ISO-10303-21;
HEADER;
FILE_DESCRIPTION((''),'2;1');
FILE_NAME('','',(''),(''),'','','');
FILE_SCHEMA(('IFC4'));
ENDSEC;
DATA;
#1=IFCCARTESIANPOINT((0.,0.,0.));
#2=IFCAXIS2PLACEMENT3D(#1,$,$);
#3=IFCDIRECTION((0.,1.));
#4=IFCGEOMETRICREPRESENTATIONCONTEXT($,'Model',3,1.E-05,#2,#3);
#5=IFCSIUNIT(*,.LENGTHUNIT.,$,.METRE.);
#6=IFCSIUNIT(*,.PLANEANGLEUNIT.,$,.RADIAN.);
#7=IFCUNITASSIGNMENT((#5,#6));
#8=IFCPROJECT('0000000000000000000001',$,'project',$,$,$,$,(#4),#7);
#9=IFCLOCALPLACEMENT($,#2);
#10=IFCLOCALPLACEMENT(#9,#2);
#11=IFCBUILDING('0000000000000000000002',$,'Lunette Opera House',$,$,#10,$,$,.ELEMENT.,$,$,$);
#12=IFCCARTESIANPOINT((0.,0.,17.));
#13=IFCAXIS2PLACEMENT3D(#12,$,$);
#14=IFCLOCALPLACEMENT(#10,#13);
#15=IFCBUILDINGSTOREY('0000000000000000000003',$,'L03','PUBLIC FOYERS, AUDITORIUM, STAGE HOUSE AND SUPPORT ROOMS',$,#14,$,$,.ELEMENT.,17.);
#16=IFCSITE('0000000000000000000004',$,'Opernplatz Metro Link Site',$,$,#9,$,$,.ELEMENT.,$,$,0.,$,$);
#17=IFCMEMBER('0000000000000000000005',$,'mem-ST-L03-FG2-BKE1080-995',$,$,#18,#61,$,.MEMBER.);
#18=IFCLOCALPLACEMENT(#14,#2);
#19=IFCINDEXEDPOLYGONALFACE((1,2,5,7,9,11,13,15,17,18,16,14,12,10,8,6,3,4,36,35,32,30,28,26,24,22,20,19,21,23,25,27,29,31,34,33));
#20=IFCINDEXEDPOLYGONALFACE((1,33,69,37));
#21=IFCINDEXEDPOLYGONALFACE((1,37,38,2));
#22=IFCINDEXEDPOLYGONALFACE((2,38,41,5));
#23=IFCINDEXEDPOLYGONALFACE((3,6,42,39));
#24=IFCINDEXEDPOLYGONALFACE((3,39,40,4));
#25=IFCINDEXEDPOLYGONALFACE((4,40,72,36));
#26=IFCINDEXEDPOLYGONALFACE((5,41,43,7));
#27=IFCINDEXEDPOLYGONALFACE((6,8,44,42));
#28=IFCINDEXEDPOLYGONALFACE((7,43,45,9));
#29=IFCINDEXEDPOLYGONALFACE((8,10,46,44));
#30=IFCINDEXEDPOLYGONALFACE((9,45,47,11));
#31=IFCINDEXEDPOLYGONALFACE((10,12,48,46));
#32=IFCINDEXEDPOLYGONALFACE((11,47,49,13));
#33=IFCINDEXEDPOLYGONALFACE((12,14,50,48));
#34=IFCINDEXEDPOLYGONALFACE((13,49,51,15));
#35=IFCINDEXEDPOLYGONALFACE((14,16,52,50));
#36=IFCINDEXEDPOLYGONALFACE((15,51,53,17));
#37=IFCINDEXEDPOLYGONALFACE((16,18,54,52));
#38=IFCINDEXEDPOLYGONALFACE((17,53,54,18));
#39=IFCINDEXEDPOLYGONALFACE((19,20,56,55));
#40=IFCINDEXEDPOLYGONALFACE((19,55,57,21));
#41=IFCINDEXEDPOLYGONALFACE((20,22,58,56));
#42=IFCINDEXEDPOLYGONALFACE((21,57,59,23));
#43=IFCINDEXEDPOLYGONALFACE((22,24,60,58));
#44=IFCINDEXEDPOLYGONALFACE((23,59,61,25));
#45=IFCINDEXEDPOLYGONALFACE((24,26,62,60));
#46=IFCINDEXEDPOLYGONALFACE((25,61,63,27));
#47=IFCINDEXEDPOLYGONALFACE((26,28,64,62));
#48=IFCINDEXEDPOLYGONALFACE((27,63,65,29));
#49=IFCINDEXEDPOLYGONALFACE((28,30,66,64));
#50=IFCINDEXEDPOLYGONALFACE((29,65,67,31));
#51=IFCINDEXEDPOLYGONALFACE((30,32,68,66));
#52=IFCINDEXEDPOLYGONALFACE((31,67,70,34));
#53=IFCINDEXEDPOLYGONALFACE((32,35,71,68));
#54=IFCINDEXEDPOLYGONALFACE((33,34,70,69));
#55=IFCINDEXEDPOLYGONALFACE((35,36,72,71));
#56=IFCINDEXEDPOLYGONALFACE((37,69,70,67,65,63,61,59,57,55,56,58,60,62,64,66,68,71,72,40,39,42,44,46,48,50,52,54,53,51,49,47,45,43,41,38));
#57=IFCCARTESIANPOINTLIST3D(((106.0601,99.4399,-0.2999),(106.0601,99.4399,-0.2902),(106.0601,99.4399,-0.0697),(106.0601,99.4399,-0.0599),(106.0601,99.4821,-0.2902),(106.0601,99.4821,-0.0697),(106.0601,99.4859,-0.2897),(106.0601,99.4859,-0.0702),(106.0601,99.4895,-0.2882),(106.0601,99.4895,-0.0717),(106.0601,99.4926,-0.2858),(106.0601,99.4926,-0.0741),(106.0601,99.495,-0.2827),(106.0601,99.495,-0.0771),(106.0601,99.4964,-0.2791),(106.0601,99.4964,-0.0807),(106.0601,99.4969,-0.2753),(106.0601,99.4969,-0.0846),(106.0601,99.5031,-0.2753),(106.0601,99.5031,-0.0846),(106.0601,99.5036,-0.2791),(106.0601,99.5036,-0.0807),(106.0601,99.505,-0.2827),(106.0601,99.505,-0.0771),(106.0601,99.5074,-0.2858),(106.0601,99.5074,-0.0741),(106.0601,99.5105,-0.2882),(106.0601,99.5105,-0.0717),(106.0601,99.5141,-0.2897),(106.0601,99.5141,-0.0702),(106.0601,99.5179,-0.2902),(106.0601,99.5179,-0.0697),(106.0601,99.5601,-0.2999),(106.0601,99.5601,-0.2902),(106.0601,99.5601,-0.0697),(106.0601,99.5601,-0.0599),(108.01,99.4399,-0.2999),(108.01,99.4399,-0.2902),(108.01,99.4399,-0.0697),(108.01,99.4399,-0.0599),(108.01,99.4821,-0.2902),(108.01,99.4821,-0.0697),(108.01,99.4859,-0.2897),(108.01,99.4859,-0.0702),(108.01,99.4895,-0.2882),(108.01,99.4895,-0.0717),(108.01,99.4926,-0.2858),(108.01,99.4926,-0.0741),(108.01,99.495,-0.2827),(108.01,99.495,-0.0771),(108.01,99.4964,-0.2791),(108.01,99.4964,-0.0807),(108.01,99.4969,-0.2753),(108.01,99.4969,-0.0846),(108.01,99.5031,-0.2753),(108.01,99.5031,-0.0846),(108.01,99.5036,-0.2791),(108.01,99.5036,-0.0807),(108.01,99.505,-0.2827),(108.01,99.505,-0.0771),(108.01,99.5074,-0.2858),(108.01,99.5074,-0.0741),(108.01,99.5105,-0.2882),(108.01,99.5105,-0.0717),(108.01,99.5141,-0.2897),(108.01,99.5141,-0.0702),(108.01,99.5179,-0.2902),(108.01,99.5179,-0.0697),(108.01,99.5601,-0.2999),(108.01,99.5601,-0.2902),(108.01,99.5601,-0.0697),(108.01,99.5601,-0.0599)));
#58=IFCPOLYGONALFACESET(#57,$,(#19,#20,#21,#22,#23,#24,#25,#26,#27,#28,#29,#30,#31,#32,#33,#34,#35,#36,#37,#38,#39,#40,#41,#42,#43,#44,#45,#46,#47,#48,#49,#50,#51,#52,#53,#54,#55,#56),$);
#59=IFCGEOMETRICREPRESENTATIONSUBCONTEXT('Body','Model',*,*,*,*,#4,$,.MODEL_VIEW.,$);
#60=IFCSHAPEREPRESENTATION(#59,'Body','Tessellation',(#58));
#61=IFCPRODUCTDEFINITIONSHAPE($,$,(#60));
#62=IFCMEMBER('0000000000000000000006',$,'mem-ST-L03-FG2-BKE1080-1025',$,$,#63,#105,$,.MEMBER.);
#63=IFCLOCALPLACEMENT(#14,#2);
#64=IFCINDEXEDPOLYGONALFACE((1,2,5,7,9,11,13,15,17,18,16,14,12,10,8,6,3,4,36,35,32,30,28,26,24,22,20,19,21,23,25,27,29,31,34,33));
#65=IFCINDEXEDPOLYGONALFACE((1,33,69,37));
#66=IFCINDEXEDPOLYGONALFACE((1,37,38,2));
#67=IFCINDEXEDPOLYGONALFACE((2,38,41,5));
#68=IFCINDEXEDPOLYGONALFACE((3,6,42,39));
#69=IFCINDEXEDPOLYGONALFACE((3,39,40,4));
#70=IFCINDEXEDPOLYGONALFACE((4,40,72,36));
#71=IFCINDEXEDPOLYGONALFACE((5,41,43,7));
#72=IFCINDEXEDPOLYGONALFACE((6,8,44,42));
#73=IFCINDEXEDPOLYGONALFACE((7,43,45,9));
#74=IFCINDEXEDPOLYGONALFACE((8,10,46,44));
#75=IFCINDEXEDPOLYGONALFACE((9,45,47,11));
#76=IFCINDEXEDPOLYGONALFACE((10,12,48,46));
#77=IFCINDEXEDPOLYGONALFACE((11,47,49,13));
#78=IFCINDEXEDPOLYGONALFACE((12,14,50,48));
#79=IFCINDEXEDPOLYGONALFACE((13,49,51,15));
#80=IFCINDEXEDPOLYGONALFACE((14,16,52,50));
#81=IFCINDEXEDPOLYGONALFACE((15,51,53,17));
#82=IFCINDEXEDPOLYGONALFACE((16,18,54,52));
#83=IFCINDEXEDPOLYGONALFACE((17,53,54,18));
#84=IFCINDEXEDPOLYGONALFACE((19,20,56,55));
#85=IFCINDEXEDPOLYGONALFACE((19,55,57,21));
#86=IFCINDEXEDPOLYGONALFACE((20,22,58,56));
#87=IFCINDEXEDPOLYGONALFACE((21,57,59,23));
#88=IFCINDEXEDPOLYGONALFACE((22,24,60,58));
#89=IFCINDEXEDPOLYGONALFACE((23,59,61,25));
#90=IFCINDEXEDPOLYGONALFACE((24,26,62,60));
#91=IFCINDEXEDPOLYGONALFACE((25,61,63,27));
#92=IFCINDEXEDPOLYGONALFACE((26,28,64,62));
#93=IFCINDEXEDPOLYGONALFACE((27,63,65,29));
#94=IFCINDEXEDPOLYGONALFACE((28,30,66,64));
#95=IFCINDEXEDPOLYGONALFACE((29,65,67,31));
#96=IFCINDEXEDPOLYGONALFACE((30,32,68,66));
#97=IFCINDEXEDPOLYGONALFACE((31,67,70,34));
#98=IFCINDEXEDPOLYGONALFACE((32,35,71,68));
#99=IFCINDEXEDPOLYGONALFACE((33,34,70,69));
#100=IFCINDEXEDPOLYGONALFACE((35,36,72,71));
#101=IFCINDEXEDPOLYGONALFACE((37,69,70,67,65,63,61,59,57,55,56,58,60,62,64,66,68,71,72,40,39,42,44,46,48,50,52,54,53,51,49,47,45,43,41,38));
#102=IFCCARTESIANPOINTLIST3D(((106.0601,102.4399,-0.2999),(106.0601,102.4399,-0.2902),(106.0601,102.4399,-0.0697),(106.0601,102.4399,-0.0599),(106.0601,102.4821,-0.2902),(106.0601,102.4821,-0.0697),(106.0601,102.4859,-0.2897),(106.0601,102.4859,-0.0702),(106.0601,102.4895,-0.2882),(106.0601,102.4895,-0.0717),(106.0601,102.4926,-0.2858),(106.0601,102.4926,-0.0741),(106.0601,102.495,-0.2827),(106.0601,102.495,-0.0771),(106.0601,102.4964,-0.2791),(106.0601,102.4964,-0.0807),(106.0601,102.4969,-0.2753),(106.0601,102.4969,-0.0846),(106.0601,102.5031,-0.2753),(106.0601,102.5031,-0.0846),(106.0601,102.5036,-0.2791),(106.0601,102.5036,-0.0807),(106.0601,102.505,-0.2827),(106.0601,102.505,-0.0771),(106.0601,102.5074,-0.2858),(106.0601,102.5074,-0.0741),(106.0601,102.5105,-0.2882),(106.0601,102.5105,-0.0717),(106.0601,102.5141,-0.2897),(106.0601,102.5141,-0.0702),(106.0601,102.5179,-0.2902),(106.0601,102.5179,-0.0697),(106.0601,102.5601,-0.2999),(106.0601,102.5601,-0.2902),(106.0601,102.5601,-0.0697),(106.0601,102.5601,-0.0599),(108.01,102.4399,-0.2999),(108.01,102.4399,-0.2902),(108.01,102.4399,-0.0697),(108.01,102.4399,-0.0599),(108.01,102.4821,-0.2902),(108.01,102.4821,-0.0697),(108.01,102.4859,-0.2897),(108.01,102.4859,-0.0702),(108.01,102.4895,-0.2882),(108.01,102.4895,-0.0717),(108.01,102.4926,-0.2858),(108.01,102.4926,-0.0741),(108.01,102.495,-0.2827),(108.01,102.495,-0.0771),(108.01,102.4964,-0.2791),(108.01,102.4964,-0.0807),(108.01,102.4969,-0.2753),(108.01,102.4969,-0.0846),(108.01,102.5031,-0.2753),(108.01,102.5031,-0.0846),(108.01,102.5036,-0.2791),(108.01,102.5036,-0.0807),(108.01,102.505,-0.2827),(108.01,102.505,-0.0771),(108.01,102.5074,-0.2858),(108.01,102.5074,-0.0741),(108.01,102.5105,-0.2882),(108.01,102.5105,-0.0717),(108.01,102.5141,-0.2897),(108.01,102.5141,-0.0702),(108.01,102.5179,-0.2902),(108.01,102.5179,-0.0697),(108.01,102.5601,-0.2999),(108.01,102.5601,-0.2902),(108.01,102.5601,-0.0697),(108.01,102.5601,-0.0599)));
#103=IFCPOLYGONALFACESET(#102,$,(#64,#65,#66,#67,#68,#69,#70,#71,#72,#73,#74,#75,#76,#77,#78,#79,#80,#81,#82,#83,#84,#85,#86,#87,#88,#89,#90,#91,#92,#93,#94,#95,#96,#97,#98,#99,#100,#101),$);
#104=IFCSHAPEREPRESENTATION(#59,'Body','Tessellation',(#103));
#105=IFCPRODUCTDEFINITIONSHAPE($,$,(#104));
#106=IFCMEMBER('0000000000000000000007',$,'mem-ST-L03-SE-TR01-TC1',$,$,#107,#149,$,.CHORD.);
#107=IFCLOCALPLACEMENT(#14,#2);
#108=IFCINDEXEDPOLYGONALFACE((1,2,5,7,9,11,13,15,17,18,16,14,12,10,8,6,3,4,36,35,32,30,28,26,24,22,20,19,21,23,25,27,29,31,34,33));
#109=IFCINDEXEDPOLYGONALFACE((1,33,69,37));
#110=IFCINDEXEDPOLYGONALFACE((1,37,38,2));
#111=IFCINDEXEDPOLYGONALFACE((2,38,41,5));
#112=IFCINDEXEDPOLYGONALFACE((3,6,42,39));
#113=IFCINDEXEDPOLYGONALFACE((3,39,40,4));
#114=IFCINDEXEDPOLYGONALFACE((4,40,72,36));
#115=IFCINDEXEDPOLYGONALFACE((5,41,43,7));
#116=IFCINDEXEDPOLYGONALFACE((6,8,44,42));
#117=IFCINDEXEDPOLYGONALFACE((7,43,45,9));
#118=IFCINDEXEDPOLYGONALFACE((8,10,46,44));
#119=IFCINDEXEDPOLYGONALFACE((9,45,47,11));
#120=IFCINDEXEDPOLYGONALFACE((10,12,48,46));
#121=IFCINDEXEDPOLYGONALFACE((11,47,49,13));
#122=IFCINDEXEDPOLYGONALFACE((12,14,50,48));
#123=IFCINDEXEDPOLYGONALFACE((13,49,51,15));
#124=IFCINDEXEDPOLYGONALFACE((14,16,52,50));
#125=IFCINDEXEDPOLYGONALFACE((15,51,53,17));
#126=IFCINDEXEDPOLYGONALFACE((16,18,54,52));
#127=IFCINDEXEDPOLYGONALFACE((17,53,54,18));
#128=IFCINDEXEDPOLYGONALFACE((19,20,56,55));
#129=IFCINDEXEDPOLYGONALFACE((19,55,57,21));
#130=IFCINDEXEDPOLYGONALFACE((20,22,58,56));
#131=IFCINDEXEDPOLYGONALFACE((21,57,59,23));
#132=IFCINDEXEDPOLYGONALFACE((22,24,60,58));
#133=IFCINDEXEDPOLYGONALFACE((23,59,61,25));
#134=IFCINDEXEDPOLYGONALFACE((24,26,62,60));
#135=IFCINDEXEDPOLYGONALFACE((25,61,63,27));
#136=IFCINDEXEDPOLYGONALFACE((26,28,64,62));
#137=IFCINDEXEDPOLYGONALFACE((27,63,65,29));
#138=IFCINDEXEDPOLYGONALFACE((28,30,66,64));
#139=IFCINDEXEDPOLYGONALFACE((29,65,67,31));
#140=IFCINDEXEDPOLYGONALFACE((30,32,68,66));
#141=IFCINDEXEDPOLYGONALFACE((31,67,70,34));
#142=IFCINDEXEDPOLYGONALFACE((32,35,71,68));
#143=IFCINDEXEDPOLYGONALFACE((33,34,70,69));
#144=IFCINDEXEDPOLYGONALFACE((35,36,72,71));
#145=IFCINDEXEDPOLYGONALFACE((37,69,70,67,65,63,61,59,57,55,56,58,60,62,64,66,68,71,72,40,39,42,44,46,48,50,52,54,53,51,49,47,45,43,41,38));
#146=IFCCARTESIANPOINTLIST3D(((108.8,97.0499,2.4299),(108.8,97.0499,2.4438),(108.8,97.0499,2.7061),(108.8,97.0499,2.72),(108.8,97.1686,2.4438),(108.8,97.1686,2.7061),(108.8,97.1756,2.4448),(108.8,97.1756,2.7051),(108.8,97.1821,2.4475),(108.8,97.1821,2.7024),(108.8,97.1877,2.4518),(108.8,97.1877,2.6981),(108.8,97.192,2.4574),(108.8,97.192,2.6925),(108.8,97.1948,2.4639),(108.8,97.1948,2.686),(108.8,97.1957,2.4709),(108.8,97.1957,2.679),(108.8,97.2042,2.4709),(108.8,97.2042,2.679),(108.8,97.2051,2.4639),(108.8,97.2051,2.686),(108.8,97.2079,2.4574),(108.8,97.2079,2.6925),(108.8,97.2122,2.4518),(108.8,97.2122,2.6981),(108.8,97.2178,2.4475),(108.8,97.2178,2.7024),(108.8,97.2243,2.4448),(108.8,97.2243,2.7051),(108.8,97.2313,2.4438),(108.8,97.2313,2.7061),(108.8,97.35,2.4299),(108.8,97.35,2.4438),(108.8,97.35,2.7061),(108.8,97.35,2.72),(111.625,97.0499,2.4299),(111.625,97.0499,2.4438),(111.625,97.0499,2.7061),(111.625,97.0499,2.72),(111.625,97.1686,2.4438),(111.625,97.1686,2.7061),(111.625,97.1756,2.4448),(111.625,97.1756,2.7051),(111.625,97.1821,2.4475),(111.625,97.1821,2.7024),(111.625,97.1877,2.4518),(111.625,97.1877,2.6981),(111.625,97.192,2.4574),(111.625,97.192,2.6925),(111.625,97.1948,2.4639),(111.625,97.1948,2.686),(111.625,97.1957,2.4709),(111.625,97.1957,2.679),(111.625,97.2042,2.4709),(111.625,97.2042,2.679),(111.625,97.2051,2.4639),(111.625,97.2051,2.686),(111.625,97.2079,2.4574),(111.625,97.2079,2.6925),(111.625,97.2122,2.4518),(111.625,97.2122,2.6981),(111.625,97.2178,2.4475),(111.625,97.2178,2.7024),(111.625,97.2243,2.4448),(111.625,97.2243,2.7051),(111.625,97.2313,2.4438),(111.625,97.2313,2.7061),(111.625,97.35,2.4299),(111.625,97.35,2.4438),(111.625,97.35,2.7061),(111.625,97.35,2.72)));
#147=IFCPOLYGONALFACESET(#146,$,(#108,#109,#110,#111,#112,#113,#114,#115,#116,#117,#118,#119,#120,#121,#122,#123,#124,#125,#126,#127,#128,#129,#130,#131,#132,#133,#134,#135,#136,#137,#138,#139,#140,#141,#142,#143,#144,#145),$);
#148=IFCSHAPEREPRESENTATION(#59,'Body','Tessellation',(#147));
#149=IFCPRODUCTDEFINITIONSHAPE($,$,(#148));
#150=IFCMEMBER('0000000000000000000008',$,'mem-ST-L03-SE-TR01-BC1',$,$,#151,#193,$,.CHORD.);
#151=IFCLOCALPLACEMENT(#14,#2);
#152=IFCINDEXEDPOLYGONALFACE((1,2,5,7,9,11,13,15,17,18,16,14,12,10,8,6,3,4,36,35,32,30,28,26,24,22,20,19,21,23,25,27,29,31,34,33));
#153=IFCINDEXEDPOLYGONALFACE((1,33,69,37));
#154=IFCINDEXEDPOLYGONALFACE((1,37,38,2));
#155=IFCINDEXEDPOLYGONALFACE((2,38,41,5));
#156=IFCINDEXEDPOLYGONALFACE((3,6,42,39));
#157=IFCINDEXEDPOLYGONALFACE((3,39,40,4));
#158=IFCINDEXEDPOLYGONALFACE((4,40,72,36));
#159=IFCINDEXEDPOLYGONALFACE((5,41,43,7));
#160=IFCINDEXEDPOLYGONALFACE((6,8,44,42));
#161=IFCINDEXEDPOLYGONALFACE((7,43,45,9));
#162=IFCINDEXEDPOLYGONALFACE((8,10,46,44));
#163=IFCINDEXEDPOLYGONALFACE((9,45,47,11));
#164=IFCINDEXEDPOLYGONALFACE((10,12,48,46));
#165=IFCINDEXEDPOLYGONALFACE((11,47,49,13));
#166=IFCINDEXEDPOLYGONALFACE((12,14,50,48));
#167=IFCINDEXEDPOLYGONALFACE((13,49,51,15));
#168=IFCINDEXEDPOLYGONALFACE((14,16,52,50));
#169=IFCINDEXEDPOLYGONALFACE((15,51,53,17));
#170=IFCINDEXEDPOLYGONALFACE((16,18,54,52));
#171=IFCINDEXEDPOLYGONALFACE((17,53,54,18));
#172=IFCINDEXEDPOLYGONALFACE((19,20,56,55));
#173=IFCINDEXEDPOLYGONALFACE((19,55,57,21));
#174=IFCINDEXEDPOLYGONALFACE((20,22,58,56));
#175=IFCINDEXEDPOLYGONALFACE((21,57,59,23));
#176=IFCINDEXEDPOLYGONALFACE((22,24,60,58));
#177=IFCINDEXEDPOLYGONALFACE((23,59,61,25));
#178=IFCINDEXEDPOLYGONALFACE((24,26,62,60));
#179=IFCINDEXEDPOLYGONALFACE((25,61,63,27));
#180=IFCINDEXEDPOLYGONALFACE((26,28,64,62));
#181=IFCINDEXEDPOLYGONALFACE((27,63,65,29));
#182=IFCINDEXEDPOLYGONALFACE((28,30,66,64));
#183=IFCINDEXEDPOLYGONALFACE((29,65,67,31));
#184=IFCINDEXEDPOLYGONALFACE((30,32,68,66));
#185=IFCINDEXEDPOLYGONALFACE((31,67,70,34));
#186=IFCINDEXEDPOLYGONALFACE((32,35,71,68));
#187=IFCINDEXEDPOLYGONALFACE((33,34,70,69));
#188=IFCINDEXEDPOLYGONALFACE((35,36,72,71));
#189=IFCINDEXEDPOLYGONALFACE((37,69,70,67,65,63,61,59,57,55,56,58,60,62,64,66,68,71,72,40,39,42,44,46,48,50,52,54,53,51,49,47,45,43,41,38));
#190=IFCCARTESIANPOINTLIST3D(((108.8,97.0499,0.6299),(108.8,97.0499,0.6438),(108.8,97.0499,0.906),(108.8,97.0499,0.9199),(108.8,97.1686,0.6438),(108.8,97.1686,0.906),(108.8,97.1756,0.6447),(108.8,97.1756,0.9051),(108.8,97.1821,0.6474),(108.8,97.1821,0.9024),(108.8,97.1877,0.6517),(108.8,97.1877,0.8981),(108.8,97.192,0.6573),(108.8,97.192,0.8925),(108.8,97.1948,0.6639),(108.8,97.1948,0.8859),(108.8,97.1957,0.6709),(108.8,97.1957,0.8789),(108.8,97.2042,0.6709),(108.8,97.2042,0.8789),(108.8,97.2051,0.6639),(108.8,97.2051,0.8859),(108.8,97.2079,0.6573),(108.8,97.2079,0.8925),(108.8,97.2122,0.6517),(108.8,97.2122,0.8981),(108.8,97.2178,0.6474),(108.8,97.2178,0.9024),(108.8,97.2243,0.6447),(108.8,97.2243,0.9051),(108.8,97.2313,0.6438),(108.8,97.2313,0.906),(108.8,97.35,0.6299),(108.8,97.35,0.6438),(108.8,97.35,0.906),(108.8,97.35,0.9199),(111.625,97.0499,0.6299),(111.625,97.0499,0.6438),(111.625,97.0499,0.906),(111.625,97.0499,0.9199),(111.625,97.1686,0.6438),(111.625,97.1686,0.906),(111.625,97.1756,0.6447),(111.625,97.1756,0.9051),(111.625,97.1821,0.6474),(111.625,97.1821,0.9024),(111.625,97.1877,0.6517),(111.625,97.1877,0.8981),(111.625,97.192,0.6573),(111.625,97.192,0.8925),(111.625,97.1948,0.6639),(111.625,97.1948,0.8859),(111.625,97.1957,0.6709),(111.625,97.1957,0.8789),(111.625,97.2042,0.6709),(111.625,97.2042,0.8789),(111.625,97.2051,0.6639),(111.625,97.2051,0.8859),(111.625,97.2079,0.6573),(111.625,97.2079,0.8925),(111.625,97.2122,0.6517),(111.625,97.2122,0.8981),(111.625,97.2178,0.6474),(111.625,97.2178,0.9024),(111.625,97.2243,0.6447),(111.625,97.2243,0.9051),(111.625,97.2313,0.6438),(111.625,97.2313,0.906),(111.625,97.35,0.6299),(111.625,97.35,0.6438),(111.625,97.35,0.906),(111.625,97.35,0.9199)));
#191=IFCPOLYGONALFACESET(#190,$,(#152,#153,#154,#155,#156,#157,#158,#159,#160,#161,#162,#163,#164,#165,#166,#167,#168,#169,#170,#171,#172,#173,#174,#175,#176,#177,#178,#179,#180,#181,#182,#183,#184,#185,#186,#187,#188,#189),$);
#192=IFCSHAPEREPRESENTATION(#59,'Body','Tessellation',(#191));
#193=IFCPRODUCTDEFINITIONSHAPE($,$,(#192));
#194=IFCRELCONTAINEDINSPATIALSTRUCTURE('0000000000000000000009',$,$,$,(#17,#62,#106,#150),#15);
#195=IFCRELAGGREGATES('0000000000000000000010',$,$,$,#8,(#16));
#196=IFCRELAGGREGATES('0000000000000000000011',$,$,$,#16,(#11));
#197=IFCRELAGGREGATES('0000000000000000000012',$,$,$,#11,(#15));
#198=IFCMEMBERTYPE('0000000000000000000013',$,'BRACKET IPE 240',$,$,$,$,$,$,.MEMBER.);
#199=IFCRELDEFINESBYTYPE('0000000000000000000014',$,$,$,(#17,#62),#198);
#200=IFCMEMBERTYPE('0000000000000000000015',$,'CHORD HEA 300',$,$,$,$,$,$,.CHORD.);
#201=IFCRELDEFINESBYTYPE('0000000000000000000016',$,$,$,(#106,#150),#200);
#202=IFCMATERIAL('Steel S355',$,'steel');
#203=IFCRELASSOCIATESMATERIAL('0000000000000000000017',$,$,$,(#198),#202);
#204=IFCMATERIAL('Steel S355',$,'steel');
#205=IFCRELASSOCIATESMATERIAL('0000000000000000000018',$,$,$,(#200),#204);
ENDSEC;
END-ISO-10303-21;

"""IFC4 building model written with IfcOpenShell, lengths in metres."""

from ifc_helpers import new_model, si_unit, direction, frame, origin, origin_2d, place, context, subcontext, project, spatial, i_section, extrude, material, material_profile, profile_set, type_object, element, save


model = new_model("IFC4")

# Units and contexts
model_context = context("Model", 3, precision=1e-05, world=origin(), true_north=direction((0.0, 1.0)))
body_context = subcontext(model_context, "Body", "Model", "MODEL_VIEW")
ifc_project = project(units=[si_unit("LENGTHUNIT", "METRE"), si_unit("PLANEANGLEUNIT", "RADIAN")], contexts=[model_context])

# Site, building, storey
site_placement = place(None, origin())
site = spatial("IfcSite", under=ifc_project, at=site_placement, Name="Opernplatz Metro Link Site", CompositionType="ELEMENT", RefElevation=0.0)
building_placement = place(site_placement, origin())
building = spatial("IfcBuilding", under=site, at=building_placement, Name="Lunette Opera House", CompositionType="ELEMENT")
storey_placement = place(building_placement, frame((0.0, 0.0, 17.0)))
storey = spatial("IfcBuildingStorey", under=building, at=storey_placement, Name="L03", Description="PUBLIC FOYERS, AUDITORIUM, STAGE HOUSE AND SUPPORT ROOMS", CompositionType="ELEMENT", Elevation=17.0)

# Members
ifc_material_1 = material(Name="Steel S355", Category="steel")
ifc_material_profile_1 = material_profile(ifc_material_1, i_section(OverallWidth=0.1201, OverallDepth=0.24, WebThickness=0.0061, FlangeThickness=0.0098, FilletRadius=0.0149, at=origin_2d()), Name="IPE 240")
ifc_profile_set_1 = profile_set([ifc_material_profile_1], Name="Steel S355")
member_type_1 = type_object("IfcMemberType", Name="BRACKET IPE 240", PredefinedType="MEMBER", material=ifc_profile_set_1)
for number, where, z_axis, x_axis, name in (
    (1, (108.01, 99.5, -0.1799), (-1.0, 0.0, 0.0), (0.0, -1.0, 0.0), "mem-ST-L03-FG2-BKE1080-995"),
    (2, (108.01, 102.5, -0.1799), (-1.0, 0.0, 0.0), (0.0, -1.0, 0.0), "mem-ST-L03-FG2-BKE1080-1025"),
):
    element("IfcMember", number, at=place(storey_placement, frame(where, z_axis=z_axis, x_axis=x_axis)), inside=storey, type_object=member_type_1, Name=name, PredefinedType="MEMBER", context=body_context, shape_type="SweptSolid", body=[
        extrude(i_section(OverallWidth=0.1201, OverallDepth=0.24, WebThickness=0.0061, FlangeThickness=0.0098, FilletRadius=0.0149, at=origin_2d()), origin(), (0.0, 0.0, 1.0), 1.95),
    ])
ifc_material_2 = material(Name="Steel S355", Category="steel")
ifc_material_profile_2 = material_profile(ifc_material_2, i_section(OverallWidth=0.3, OverallDepth=0.29, WebThickness=0.0085, FlangeThickness=0.0139, FilletRadius=0.0271, at=origin_2d()), Name="HEA 300")
ifc_profile_set_2 = profile_set([ifc_material_profile_2], Name="Steel S355")
member_type_2 = type_object("IfcMemberType", Name="CHORD HEA 300", PredefinedType="CHORD", material=ifc_profile_set_2)
for number, where, z_axis, x_axis, name in (
    (3, (108.8, 97.2, 2.575), (1.0, 0.0, 0.0), (0.0, 1.0, 0.0), "mem-ST-L03-SE-TR01-TC1"),
    (4, (108.8, 97.2, 0.7749), (1.0, 0.0, 0.0), (0.0, 1.0, 0.0), "mem-ST-L03-SE-TR01-BC1"),
):
    element("IfcMember", number, at=place(storey_placement, frame(where, z_axis=z_axis, x_axis=x_axis)), inside=storey, type_object=member_type_2, Name=name, PredefinedType="CHORD", context=body_context, shape_type="SweptSolid", body=[
        extrude(i_section(OverallWidth=0.3, OverallDepth=0.29, WebThickness=0.0085, FlangeThickness=0.0139, FilletRadius=0.0271, at=origin_2d()), origin(), (0.0, 0.0, 1.0), 2.825),
    ])

save(model, "model.ifc")
